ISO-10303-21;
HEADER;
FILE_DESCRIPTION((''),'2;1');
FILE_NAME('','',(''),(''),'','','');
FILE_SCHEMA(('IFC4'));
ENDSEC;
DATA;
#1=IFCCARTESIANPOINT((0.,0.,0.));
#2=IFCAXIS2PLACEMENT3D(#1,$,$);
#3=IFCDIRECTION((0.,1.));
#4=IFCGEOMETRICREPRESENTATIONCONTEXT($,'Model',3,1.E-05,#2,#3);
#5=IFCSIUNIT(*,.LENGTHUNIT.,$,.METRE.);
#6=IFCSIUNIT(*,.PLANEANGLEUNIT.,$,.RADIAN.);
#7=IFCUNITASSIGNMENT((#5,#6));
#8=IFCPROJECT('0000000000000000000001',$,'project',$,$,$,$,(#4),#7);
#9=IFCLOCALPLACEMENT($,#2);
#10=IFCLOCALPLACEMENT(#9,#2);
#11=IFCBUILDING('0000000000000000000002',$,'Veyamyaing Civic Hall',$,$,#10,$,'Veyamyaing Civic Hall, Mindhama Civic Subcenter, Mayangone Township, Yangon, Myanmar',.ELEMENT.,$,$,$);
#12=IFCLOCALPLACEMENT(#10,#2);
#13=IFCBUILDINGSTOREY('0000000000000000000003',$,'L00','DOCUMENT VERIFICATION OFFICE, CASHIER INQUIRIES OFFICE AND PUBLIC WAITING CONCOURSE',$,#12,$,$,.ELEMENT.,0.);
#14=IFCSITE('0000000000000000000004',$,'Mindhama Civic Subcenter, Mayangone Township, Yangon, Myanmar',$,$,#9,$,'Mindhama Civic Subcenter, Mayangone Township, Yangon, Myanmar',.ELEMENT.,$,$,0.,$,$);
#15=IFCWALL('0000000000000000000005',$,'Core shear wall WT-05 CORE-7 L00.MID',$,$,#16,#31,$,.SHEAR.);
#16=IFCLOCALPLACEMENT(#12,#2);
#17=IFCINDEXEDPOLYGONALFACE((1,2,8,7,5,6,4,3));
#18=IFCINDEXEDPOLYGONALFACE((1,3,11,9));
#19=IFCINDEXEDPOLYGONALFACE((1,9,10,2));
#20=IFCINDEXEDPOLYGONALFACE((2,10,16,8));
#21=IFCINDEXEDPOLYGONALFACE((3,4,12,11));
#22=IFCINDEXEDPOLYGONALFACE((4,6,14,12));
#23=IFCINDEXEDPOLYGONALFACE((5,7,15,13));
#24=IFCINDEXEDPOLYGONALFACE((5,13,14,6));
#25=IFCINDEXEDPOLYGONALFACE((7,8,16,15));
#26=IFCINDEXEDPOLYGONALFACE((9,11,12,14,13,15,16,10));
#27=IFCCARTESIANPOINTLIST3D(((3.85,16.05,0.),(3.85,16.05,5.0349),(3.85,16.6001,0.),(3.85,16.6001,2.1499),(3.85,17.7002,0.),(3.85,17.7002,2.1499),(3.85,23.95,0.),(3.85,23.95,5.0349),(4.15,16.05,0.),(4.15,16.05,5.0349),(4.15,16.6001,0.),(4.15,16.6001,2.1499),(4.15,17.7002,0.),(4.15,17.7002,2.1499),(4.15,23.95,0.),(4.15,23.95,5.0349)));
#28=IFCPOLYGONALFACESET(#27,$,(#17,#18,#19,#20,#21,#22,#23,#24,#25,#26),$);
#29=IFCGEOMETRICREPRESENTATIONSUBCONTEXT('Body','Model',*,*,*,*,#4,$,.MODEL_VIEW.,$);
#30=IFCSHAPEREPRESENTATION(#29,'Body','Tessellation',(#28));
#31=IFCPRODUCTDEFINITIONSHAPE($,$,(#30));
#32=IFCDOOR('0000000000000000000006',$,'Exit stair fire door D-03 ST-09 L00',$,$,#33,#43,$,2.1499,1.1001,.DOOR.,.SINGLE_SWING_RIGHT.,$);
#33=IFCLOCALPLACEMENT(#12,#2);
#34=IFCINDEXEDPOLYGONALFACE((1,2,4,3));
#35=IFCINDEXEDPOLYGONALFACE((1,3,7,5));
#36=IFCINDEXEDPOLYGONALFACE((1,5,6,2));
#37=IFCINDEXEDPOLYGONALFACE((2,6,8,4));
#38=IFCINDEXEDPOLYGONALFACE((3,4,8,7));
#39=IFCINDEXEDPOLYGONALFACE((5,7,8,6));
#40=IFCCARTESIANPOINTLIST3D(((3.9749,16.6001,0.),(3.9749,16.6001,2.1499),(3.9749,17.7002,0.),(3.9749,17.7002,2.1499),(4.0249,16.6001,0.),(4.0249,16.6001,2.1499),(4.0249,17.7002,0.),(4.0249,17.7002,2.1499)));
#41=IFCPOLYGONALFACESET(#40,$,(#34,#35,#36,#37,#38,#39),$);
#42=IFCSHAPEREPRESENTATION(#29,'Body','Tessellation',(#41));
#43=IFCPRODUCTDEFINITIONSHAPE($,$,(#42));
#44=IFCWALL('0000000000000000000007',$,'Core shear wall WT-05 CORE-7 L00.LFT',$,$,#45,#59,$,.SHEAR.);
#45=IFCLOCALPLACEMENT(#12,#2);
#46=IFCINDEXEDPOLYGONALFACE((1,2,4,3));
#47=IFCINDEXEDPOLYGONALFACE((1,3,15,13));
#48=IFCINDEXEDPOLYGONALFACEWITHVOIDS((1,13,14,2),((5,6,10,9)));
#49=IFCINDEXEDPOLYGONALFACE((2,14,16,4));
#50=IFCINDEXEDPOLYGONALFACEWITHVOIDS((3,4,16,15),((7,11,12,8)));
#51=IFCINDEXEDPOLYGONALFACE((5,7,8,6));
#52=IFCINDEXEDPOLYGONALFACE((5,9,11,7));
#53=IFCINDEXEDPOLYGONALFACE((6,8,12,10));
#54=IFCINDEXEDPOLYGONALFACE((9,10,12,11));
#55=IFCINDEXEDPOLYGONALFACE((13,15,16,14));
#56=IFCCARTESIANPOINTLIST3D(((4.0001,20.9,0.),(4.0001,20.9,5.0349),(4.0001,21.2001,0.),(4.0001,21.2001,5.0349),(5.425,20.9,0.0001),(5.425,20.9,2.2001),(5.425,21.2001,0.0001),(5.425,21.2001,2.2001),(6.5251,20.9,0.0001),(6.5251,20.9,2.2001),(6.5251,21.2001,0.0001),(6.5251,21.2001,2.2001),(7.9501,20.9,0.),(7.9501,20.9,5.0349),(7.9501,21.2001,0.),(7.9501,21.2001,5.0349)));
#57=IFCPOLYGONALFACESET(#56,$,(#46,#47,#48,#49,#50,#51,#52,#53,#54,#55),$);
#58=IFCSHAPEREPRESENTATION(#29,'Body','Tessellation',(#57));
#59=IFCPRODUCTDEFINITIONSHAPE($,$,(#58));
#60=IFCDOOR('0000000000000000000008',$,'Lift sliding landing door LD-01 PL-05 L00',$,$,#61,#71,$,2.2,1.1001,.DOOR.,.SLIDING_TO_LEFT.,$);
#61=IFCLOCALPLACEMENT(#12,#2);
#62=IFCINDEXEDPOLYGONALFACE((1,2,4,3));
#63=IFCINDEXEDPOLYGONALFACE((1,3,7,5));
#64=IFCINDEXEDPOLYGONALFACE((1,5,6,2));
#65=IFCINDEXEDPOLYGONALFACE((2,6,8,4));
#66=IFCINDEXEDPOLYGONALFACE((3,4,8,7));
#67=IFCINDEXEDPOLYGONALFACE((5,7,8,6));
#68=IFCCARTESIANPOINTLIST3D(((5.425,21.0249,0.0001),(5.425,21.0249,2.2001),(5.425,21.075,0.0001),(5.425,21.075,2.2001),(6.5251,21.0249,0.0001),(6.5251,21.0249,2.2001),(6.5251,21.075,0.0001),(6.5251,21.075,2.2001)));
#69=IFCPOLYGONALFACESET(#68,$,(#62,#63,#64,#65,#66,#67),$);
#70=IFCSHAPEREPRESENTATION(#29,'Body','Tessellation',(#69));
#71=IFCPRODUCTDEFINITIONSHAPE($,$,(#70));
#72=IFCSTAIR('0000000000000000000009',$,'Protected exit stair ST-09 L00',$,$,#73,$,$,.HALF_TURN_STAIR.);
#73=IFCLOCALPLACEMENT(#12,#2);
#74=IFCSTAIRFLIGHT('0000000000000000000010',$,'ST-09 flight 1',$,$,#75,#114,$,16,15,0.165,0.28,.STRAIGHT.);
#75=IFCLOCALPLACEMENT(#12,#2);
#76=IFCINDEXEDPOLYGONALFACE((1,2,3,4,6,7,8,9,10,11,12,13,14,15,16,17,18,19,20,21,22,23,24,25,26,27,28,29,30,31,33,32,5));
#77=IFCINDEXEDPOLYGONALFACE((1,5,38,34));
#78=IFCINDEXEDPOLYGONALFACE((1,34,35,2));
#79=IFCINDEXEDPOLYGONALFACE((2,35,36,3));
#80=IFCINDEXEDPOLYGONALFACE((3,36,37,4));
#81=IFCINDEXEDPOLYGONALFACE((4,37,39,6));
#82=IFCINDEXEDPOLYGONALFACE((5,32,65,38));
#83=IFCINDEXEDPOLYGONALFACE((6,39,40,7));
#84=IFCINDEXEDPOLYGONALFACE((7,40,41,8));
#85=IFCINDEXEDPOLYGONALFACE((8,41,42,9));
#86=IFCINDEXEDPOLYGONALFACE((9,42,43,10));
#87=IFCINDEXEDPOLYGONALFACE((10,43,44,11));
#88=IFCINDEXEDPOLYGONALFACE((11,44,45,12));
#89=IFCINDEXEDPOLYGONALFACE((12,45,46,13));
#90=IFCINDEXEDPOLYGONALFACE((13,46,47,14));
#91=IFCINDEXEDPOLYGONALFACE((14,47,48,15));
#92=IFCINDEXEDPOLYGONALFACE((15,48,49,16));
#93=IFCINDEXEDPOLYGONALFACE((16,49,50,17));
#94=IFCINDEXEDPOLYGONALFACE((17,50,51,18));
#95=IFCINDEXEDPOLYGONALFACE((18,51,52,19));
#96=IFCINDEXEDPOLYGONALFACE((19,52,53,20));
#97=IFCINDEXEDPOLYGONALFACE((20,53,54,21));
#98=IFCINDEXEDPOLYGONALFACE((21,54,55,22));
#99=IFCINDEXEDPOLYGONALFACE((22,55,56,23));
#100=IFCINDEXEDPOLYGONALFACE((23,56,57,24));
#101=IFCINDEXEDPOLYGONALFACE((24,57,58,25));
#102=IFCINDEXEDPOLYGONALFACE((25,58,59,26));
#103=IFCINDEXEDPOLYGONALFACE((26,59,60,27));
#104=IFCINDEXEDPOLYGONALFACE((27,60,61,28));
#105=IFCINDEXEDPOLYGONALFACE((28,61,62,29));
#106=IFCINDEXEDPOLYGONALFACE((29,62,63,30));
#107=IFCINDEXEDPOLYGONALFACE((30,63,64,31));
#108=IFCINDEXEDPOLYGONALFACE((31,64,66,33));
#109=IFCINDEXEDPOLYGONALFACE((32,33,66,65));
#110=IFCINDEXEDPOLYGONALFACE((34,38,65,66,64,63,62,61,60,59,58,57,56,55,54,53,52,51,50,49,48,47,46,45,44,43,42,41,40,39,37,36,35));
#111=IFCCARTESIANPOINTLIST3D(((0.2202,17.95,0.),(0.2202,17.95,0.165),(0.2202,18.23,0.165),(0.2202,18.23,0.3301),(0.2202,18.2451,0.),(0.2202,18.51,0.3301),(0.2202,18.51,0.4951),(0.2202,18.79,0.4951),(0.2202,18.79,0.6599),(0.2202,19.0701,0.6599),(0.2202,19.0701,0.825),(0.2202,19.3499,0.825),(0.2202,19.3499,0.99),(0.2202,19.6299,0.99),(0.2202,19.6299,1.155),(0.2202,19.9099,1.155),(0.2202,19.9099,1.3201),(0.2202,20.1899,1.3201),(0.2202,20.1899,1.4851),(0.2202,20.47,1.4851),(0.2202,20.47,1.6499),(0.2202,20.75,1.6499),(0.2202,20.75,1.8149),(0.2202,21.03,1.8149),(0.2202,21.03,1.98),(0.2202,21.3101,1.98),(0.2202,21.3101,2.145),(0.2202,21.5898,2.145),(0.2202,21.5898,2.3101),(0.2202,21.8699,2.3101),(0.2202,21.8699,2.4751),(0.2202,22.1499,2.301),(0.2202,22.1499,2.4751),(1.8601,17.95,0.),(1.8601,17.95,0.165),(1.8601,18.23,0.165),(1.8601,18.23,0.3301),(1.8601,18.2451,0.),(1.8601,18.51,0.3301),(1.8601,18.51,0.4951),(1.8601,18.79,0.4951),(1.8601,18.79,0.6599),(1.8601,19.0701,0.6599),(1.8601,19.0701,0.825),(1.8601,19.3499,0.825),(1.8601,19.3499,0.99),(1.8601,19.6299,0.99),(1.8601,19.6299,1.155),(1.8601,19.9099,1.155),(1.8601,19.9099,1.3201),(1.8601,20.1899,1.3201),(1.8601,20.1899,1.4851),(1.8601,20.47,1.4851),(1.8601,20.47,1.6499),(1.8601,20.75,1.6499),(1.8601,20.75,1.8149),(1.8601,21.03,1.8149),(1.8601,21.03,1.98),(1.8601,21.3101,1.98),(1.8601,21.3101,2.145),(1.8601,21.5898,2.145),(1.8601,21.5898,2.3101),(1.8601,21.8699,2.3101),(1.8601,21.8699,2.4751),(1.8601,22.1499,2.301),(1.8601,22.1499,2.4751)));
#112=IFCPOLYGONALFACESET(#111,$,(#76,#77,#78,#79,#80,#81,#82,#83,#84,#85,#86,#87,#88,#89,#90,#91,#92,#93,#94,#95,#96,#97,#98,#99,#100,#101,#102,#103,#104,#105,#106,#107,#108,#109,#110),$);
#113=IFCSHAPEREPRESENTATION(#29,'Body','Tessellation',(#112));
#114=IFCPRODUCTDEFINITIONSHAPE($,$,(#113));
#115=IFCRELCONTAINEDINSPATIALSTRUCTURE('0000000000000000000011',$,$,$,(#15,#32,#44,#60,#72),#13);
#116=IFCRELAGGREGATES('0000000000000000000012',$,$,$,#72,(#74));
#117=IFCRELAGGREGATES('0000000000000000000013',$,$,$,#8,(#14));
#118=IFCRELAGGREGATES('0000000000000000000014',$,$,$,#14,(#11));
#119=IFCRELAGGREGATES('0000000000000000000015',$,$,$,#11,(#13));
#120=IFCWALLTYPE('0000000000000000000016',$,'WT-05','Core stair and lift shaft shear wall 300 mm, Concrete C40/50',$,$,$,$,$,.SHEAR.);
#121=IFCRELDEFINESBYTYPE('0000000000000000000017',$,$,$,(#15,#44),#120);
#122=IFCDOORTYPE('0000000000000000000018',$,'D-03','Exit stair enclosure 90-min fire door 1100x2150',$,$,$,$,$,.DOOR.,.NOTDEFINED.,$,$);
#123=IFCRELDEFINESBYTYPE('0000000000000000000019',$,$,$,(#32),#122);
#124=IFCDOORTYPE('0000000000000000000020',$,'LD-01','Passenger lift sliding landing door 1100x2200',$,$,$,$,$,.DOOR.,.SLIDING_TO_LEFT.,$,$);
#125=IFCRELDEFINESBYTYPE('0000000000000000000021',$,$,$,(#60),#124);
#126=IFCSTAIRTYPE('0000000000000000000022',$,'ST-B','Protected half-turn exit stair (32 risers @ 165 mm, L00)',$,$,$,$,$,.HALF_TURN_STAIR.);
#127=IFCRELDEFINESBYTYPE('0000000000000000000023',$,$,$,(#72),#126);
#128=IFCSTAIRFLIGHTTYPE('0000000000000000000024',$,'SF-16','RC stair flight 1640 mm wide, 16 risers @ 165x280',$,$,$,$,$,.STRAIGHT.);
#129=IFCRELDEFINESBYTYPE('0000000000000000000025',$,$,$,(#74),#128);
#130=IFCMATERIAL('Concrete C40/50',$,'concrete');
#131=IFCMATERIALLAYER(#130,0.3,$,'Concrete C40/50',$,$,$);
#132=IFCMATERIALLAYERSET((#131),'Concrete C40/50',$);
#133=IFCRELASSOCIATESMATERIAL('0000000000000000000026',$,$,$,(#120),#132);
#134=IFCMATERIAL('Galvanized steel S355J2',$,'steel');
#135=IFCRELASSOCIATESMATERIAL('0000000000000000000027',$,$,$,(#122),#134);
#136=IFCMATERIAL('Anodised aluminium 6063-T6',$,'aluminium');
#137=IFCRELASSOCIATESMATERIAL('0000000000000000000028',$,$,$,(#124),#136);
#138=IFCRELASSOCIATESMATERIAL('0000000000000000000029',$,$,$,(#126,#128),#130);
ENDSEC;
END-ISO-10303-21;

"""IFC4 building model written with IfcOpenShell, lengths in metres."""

from ifc_helpers import new_model, si_unit, direction, frame, frame_2d, origin, place, context, subcontext, project, spatial, polyline, rectangle, outline, extrude, material, layer, layer_set, type_object, element, fill, aggregate, save


model = new_model("IFC4")

# Units and contexts
model_context = context("Model", 3, precision=1e-05, world=origin(), true_north=direction((0.0, 1.0)))
body_context = subcontext(model_context, "Body", "Model", "MODEL_VIEW")
ifc_project = project(units=[si_unit("LENGTHUNIT", "METRE"), si_unit("PLANEANGLEUNIT", "RADIAN")], contexts=[model_context])

# Site, building, storey
site_placement = place(None, origin())
site = spatial("IfcSite", under=ifc_project, at=site_placement, Name="Mindhama Civic Subcenter, Mayangone Township, Yangon, Myanmar", LongName="Mindhama Civic Subcenter, Mayangone Township, Yangon, Myanmar", CompositionType="ELEMENT", RefElevation=0.0)
building_placement = place(site_placement, origin())
building = spatial("IfcBuilding", under=site, at=building_placement, Name="Veyamyaing Civic Hall", LongName="Veyamyaing Civic Hall, Mindhama Civic Subcenter, Mayangone Township, Yangon, Myanmar", CompositionType="ELEMENT")
storey_placement = place(building_placement, origin())
storey = spatial("IfcBuildingStorey", under=building, at=storey_placement, Name="L00", Description="DOCUMENT VERIFICATION OFFICE, CASHIER INQUIRIES OFFICE AND PUBLIC WAITING CONCOURSE", CompositionType="ELEMENT", Elevation=0.0)

# Shared definitions
ifc_material_1 = material(Name="Concrete C40/50", Category="concrete")
ifc_layer_1 = layer(ifc_material_1, 0.3, Name="Concrete C40/50")
ifc_layer_set_1 = layer_set([ifc_layer_1], Name="Concrete C40/50")
wall_type_1 = type_object("IfcWallType", Name="WT-05", Description="Core stair and lift shaft shear wall 300 mm, Concrete C40/50", PredefinedType="SHEAR", material=ifc_layer_set_1)

# Walls, openings, doors
wall_1_placement = place(storey_placement, frame((4.0, 16.05, 0.0), z_axis=(0.0, 0.0, 1.0), x_axis=(0.0, 1.0, 0.0)))
wall_1 = element("IfcWall", 1, at=wall_1_placement, inside=storey, type_object=wall_type_1, Name="Core shear wall WT-05 CORE-7 L00.MID", PredefinedType="SHEAR", context=body_context, shape_type="SweptSolid", body=[
    extrude(rectangle(XDim=7.8999, YDim=0.3, at=frame_2d((3.95, 0.0))), origin(), (0.0, 0.0, 1.0), 5.0349),
])
opening_1_placement = place(wall_1_placement, frame((0.55, 0.0, 0.0)))
opening_1 = element("IfcOpeningElement", 2, at=opening_1_placement, cuts=wall_1, PredefinedType="OPENING", context=body_context, shape_type="SweptSolid", body=[
    extrude(rectangle(XDim=1.1001, YDim=2.1499, at=frame_2d((0.55, 1.075))), frame((0.0, 0.1599, 0.0), z_axis=(0.0, -1.0, 0.0), x_axis=(1.0, 0.0, 0.0)), (0.0, 0.0, 1.0), 0.3201),
])
ifc_material_2 = material(Name="Galvanized steel S355J2", Category="steel")
door_type_1 = type_object("IfcDoorType", Name="D-03", Description="Exit stair enclosure 90-min fire door 1100x2150", OperationType="NOTDEFINED", PredefinedType="DOOR", material=ifc_material_2)
door_1_placement = place(opening_1_placement, frame((1.1001, 0.0, 0.0), z_axis=(0.0, 0.0, 1.0), x_axis=(-1.0, 0.0, 0.0)))
door_1 = element("IfcDoor", 3, at=door_1_placement, inside=storey, type_object=door_type_1, Name="Exit stair fire door D-03 ST-09 L00", OperationType="SINGLE_SWING_RIGHT", OverallHeight=2.1499, OverallWidth=1.1001, PredefinedType="DOOR", context=body_context, shape_type="SweptSolid", body=[
    extrude(rectangle(XDim=1.1001, YDim=2.1499, at=frame_2d((0.55, 1.075))), frame((0.0, 0.0249, 0.0), z_axis=(0.0, -1.0, 0.0), x_axis=(1.0, 0.0, 0.0)), (0.0, 0.0, 1.0), 0.05),
])
fill(opening_1, door_1)
wall_2_placement = place(storey_placement, frame((4.0, 21.05, 0.0), z_axis=(0.0, 0.0, 1.0), x_axis=(1.0, 0.0, 0.0)))
wall_2 = element("IfcWall", 4, at=wall_2_placement, inside=storey, type_object=wall_type_1, Name="Core shear wall WT-05 CORE-7 L00.LFT", PredefinedType="SHEAR", context=body_context, shape_type="SweptSolid", body=[
    extrude(rectangle(XDim=3.95, YDim=0.3, at=frame_2d((1.9751, 0.0))), origin(), (0.0, 0.0, 1.0), 5.0349),
])
opening_2_placement = place(wall_2_placement, frame((1.425, 0.0, 0.0)))
opening_2 = element("IfcOpeningElement", 5, at=opening_2_placement, cuts=wall_2, PredefinedType="OPENING", context=body_context, shape_type="SweptSolid", body=[
    extrude(rectangle(XDim=1.1001, YDim=2.2, at=frame_2d((0.55, 1.1001))), frame((0.0, 0.1599, 0.0), z_axis=(0.0, -1.0, 0.0), x_axis=(1.0, 0.0, 0.0)), (0.0, 0.0, 1.0), 0.3201),
])
ifc_material_3 = material(Name="Anodised aluminium 6063-T6", Category="aluminium")
door_type_2 = type_object("IfcDoorType", Name="LD-01", Description="Passenger lift sliding landing door 1100x2200", OperationType="SLIDING_TO_LEFT", PredefinedType="DOOR", material=ifc_material_3)
door_2_placement = place(opening_2_placement, origin())
door_2 = element("IfcDoor", 6, at=door_2_placement, inside=storey, type_object=door_type_2, Name="Lift sliding landing door LD-01 PL-05 L00", OperationType="SLIDING_TO_LEFT", OverallHeight=2.2, OverallWidth=1.1001, PredefinedType="DOOR", context=body_context, shape_type="SweptSolid", body=[
    extrude(rectangle(XDim=1.1001, YDim=2.2, at=frame_2d((0.55, 1.1001))), frame((0.0, 0.0249, 0.0), z_axis=(0.0, -1.0, 0.0), x_axis=(1.0, 0.0, 0.0)), (0.0, 0.0, 1.0), 0.05),
])
fill(opening_2, door_2)

# Stair, stair flight
stair_type = type_object("IfcStairType", Name="ST-B", Description="Protected half-turn exit stair (32 risers @ 165 mm, L00)", PredefinedType="HALF_TURN_STAIR", material=ifc_material_1)
stair_placement = place(storey_placement, origin())
stair = element("IfcStair", 7, at=stair_placement, inside=storey, type_object=stair_type, Name="Protected exit stair ST-09 L00", PredefinedType="HALF_TURN_STAIR")
stair_flight_type = type_object("IfcStairFlightType", Name="SF-16", Description="RC stair flight 1640 mm wide, 16 risers @ 165x280", PredefinedType="STRAIGHT", material=ifc_material_1)
stair_flight_placement = place(storey_placement, frame((1.04, 17.95, 0.0), z_axis=(0.0, 0.0, 1.0), x_axis=(0.0, 1.0, 0.0)))
stair_flight = element("IfcStairFlight", 8, at=stair_flight_placement, type_object=stair_flight_type, Name="ST-09 flight 1", NumberOfRisers=16, NumberOfTreads=15, PredefinedType="STRAIGHT", RiserHeight=0.165, TreadLength=0.28, context=body_context, shape_type="SweptSolid", body=[
    extrude(outline(polyline([(0.0, 0.0), (0.0, 0.165), (0.28, 0.165), (0.28, 0.3301), (0.5601, 0.3301), (0.5601, 0.4951), (0.8401, 0.4951), (0.8401, 0.6599), (1.1201, 0.6599), (1.1201, 0.825), (1.3999, 0.825), (1.3999, 0.99), (1.6799, 0.99), (1.6799, 1.155), (1.96, 1.155), (1.96, 1.3201), (2.24, 1.3201), (2.24, 1.4851), (2.52, 1.4851), (2.52, 1.6499), (2.8, 1.6499), (2.8, 1.8149), (3.0801, 1.8149), (3.0801, 1.98), (3.3601, 1.98), (3.3601, 2.145), (3.6399, 2.145), (3.6399, 2.3101), (3.9199, 2.3101), (3.9199, 2.4751), (4.2, 2.4751), (4.2, 2.6399), (4.2, 2.301), (0.2952, 0.0), (0.0, 0.0)])), frame((0.0, 0.8198, 0.0), z_axis=(0.0, -1.0, 0.0), x_axis=(1.0, 0.0, 0.0)), (0.0, 0.0, 1.0), 1.6399),
])
aggregate(stair, [stair_flight])

save(model, "model.ifc")
